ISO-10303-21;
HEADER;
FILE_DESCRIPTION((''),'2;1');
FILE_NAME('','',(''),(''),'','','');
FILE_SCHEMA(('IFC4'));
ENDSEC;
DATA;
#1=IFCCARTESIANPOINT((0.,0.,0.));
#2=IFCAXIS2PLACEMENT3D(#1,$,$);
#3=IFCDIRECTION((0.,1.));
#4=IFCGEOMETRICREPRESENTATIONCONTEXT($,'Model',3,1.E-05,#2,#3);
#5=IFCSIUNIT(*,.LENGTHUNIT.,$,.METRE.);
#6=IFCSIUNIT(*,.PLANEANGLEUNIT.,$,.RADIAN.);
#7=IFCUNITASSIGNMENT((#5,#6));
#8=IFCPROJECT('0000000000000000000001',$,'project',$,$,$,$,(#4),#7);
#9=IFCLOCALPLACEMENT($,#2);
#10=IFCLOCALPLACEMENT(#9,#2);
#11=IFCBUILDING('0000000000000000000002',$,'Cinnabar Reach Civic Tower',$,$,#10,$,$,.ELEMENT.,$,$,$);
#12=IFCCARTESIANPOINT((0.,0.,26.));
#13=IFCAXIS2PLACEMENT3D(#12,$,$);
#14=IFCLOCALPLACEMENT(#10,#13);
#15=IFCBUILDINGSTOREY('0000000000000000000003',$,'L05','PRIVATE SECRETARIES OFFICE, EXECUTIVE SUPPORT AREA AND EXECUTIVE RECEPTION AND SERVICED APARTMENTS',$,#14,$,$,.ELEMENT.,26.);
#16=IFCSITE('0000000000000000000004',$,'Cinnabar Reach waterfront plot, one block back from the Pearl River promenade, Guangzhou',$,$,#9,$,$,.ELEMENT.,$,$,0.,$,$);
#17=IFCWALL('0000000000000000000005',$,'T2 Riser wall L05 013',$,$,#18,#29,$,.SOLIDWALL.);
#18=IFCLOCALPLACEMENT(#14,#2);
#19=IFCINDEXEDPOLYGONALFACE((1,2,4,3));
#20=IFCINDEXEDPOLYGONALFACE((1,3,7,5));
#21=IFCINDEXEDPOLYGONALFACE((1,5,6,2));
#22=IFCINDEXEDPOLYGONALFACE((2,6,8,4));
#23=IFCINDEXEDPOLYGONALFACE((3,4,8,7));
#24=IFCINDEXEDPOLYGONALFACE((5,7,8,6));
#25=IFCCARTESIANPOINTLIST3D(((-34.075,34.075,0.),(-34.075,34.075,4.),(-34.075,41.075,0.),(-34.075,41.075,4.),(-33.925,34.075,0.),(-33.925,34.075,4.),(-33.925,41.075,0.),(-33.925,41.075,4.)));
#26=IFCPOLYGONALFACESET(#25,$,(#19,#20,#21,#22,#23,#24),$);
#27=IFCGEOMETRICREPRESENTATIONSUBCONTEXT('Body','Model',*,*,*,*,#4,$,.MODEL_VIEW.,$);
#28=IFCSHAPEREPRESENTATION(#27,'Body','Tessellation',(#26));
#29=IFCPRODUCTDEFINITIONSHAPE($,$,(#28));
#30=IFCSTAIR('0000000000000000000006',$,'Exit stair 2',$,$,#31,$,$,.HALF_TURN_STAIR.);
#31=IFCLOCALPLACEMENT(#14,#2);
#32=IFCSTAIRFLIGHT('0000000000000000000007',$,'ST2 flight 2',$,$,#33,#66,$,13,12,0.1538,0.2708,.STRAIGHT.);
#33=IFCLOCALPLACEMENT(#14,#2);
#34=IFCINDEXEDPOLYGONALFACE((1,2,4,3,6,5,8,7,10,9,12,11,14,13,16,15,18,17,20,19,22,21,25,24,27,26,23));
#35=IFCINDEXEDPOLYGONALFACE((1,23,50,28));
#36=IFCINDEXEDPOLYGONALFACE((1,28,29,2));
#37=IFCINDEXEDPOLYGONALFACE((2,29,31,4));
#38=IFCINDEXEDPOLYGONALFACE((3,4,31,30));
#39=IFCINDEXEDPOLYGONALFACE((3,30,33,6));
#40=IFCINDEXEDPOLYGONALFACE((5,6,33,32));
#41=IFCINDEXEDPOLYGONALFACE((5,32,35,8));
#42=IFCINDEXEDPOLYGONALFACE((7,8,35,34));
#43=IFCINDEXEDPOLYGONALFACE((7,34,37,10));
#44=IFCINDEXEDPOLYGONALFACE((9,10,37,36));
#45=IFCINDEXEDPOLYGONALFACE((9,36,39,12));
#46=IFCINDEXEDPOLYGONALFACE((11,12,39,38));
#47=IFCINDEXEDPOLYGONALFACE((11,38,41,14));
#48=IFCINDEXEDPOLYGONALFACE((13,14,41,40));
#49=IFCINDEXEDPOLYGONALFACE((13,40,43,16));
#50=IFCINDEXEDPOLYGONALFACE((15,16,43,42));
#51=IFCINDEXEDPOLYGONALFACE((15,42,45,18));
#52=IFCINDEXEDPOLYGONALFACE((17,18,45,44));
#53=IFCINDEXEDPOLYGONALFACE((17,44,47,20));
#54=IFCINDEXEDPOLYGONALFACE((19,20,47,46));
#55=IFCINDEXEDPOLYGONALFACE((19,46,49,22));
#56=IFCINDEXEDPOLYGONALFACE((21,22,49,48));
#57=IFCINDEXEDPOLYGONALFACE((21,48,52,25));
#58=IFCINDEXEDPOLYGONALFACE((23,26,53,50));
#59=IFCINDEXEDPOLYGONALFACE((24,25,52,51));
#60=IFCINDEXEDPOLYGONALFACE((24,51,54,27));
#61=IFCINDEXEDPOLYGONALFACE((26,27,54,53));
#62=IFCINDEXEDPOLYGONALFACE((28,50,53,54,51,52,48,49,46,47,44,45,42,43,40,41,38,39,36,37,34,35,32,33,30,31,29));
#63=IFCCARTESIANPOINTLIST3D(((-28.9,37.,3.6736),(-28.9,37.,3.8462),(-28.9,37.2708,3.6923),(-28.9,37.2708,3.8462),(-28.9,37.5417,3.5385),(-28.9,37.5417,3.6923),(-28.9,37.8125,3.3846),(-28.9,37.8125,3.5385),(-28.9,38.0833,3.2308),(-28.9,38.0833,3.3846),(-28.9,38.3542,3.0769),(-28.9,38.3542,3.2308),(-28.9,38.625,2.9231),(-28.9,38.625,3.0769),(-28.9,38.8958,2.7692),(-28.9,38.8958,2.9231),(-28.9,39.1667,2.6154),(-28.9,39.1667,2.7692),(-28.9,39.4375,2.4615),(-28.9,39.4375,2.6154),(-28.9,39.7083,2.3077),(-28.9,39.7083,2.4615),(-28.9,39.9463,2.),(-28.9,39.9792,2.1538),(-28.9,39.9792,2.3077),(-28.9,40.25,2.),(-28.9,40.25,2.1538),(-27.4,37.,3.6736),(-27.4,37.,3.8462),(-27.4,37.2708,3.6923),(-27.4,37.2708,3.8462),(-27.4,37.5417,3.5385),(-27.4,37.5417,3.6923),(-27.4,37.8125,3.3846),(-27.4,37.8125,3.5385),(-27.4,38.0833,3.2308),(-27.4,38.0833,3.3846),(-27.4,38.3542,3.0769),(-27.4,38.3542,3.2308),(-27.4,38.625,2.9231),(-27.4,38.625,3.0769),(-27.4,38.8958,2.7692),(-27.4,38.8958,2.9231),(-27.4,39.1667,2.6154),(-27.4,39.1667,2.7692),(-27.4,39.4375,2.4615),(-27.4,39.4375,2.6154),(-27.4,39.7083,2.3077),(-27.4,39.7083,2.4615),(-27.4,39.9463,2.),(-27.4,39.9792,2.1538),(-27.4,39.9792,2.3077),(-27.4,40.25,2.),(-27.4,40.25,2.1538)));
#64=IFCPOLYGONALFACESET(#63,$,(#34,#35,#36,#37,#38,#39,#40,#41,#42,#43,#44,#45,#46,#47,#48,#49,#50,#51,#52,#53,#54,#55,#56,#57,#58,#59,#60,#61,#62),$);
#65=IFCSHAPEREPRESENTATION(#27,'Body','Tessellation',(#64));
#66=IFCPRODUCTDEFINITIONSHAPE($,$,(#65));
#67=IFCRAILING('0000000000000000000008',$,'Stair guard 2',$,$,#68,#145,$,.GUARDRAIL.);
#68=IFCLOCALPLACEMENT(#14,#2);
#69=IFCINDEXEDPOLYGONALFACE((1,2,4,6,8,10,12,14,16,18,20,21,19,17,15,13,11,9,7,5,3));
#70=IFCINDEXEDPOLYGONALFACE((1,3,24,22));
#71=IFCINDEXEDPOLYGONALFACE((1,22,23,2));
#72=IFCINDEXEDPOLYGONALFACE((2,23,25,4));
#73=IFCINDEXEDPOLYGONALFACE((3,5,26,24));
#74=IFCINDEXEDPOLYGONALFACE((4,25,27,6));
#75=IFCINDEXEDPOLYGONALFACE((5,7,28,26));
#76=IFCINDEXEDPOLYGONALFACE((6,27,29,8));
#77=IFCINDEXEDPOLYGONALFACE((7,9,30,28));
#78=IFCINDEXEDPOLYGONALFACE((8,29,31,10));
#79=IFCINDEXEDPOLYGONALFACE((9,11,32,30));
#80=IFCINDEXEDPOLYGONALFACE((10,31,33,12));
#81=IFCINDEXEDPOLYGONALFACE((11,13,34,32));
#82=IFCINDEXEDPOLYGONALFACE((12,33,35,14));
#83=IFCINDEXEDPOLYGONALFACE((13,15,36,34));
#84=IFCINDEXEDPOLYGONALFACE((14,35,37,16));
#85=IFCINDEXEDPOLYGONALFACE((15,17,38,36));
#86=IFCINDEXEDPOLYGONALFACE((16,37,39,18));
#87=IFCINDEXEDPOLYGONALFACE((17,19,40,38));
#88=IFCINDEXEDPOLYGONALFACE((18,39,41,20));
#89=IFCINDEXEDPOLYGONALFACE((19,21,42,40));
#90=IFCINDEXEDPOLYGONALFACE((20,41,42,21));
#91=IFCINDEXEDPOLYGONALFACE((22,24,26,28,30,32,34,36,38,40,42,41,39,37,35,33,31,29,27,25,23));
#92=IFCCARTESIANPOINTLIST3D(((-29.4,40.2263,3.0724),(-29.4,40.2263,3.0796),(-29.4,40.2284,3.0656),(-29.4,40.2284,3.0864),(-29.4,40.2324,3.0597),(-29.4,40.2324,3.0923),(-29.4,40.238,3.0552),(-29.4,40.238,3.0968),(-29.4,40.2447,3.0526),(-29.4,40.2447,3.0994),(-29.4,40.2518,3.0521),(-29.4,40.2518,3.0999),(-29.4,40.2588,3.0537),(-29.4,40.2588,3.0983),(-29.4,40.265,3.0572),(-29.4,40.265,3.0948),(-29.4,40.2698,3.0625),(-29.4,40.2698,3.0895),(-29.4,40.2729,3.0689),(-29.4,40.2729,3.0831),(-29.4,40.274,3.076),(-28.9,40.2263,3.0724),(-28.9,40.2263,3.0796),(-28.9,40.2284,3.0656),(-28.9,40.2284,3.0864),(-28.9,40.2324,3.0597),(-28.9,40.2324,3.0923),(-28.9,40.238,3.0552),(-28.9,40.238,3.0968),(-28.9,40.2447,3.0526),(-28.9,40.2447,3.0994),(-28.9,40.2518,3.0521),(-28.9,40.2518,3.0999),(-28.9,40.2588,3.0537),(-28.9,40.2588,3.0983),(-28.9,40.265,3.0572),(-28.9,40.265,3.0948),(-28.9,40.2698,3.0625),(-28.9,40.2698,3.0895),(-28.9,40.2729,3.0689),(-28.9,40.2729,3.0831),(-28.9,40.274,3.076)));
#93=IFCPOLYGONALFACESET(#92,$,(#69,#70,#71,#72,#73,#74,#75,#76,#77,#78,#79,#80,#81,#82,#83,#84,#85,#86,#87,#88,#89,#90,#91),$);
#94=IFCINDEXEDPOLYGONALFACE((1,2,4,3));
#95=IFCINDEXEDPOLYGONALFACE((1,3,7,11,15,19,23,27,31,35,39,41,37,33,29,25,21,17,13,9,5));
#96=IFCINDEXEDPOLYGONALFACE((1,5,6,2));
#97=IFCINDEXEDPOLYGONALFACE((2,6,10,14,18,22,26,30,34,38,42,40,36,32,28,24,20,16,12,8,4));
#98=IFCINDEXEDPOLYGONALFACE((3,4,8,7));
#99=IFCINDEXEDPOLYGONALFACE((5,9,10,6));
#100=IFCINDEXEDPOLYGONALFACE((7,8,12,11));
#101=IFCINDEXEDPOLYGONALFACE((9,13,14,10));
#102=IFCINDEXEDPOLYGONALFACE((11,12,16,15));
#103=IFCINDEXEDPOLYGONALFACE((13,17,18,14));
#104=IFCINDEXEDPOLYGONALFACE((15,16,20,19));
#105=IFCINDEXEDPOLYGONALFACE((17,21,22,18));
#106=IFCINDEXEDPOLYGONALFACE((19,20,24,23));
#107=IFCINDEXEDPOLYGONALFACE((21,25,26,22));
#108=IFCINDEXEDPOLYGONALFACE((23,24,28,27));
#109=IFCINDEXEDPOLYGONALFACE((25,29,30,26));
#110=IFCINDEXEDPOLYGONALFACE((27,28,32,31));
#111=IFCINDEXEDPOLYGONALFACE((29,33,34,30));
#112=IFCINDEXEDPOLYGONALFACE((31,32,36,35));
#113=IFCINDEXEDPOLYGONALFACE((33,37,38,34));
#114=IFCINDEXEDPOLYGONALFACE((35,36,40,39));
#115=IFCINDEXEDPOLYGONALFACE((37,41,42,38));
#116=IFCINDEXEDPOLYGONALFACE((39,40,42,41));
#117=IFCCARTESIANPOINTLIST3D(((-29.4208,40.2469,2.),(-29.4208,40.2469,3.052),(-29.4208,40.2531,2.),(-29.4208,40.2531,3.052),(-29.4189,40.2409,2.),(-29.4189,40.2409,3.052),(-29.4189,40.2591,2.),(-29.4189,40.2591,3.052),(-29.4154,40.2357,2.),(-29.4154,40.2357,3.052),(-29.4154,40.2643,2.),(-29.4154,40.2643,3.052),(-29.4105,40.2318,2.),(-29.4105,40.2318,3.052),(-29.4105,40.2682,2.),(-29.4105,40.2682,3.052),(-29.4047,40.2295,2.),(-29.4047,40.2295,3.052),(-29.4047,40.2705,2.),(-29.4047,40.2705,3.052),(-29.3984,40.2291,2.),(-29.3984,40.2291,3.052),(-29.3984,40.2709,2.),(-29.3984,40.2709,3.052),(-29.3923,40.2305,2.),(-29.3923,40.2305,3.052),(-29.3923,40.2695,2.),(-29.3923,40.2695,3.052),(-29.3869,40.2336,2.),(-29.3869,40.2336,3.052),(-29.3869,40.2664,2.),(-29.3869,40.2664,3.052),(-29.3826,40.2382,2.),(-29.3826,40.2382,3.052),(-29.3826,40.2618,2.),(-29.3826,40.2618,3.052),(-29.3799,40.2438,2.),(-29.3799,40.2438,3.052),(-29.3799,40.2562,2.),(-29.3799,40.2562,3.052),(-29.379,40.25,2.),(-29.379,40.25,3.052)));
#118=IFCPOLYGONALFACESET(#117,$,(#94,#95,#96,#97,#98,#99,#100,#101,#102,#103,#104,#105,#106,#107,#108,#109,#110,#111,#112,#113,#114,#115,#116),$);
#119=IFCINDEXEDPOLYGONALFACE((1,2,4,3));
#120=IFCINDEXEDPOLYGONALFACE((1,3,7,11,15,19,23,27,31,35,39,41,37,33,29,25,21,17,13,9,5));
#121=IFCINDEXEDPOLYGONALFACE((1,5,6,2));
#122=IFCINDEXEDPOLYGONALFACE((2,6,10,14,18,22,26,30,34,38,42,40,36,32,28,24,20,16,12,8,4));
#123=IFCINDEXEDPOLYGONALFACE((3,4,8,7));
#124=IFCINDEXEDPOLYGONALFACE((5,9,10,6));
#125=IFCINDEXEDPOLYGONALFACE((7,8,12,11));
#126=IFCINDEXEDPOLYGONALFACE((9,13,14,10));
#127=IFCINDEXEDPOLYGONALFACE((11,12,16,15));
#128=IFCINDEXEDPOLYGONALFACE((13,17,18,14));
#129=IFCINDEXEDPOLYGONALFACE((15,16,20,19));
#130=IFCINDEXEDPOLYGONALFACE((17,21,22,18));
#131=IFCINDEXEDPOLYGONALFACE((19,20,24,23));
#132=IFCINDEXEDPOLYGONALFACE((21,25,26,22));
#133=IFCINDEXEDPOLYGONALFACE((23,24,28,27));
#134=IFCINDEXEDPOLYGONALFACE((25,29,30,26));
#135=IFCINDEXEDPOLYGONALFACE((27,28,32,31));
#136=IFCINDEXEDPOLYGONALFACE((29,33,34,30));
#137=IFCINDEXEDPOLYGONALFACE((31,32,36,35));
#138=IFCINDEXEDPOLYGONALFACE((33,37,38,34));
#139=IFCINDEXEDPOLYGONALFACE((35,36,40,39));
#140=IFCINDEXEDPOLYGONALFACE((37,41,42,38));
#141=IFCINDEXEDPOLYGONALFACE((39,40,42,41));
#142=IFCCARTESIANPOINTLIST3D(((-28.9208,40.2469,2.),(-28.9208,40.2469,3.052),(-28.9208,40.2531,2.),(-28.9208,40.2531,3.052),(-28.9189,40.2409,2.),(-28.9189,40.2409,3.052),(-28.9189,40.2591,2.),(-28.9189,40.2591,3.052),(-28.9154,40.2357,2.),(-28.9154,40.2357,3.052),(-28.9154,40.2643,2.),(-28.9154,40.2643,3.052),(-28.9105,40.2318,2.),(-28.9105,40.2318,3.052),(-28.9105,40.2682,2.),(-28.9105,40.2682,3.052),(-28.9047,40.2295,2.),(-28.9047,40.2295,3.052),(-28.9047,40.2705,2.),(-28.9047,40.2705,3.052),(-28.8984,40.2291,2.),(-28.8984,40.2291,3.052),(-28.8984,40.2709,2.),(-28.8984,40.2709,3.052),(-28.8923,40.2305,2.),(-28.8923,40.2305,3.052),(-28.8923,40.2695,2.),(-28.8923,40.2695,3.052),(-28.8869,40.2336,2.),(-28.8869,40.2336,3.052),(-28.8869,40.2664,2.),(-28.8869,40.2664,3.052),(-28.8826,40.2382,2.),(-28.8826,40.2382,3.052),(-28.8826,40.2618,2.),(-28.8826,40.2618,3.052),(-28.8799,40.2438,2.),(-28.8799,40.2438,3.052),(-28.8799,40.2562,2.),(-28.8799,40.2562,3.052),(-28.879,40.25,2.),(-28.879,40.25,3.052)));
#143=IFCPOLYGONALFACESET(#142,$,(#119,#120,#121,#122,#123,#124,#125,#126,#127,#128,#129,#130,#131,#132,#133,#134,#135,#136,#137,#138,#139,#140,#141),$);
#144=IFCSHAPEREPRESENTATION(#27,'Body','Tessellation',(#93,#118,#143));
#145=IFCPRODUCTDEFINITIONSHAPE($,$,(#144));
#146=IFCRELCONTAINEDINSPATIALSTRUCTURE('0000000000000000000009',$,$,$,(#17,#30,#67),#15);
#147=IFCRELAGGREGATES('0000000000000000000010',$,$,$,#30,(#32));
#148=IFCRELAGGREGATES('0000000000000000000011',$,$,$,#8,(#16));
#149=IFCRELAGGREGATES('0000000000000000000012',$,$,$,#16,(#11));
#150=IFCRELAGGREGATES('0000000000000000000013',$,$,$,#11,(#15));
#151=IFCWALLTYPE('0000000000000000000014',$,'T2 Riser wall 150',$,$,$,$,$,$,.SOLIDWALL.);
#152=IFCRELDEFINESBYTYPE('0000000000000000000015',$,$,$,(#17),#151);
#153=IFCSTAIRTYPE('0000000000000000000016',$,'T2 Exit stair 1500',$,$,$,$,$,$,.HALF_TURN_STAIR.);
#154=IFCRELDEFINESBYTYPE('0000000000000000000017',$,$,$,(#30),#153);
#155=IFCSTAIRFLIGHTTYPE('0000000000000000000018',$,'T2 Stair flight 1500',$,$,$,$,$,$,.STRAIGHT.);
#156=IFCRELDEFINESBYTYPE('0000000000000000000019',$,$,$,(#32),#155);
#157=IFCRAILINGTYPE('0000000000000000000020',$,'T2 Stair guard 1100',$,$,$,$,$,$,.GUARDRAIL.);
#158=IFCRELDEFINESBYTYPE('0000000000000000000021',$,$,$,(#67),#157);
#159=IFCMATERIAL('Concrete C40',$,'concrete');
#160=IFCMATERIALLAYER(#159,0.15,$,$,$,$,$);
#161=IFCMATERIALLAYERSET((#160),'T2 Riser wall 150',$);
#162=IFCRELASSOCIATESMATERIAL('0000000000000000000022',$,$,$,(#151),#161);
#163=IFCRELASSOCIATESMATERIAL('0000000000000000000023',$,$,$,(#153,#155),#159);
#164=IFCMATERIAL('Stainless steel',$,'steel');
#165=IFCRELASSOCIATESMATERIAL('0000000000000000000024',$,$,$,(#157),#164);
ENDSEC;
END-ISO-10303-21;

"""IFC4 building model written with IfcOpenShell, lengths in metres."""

from ifc_helpers import new_model, si_unit, direction, frame, frame_2d, origin, origin_2d, place, context, subcontext, project, spatial, polyline, rectangle, circle, outline, extrude, material, layer, layer_set, type_object, element, aggregate, save


model = new_model("IFC4")

# Units and contexts
model_context = context("Model", 3, precision=1e-05, world=origin(), true_north=direction((0.0, 1.0)))
body_context = subcontext(model_context, "Body", "Model", "MODEL_VIEW")
ifc_project = project(units=[si_unit("LENGTHUNIT", "METRE"), si_unit("PLANEANGLEUNIT", "RADIAN")], contexts=[model_context])

# Site, building, storey
site_placement = place(None, origin())
site = spatial("IfcSite", under=ifc_project, at=site_placement, Name="Cinnabar Reach waterfront plot, one block back from the Pearl River promenade, Guangzhou", CompositionType="ELEMENT", RefElevation=0.0)
building_placement = place(site_placement, origin())
building = spatial("IfcBuilding", under=site, at=building_placement, Name="Cinnabar Reach Civic Tower", CompositionType="ELEMENT")
storey_placement = place(building_placement, frame((0.0, 0.0, 26.0)))
storey = spatial("IfcBuildingStorey", under=building, at=storey_placement, Name="L05", Description="PRIVATE SECRETARIES OFFICE, EXECUTIVE SUPPORT AREA AND EXECUTIVE RECEPTION AND SERVICED APARTMENTS", CompositionType="ELEMENT", Elevation=26.0)

# Shared definitions
ifc_material_1 = material(Name="Concrete C40", Category="concrete")

# Wall
ifc_layer_1 = layer(ifc_material_1, 0.15)
ifc_layer_set_1 = layer_set([ifc_layer_1], Name="T2 Riser wall 150")
wall_type_1 = type_object("IfcWallType", Name="T2 Riser wall 150", PredefinedType="SOLIDWALL", material=ifc_layer_set_1)
wall_1_placement = place(storey_placement, frame((-34.0, 41.075, 0.0), z_axis=(0.0, 0.0, 1.0), x_axis=(0.0, -1.0, 0.0)))
element("IfcWall", 1, at=wall_1_placement, inside=storey, type_object=wall_type_1, Name="T2 Riser wall L05 013", PredefinedType="SOLIDWALL", context=body_context, shape_type="SweptSolid", body=[
    extrude(rectangle(XDim=7.0, YDim=0.15, at=frame_2d((3.5, 0.0))), origin(), (0.0, 0.0, 1.0), 4.0),
])

# Stair, stair flight
stair_type = type_object("IfcStairType", Name="T2 Exit stair 1500", PredefinedType="HALF_TURN_STAIR", material=ifc_material_1)
stair_placement = place(storey_placement, origin())
stair = element("IfcStair", 2, at=stair_placement, inside=storey, type_object=stair_type, Name="Exit stair 2", PredefinedType="HALF_TURN_STAIR")
stair_flight_type = type_object("IfcStairFlightType", Name="T2 Stair flight 1500", PredefinedType="STRAIGHT", material=ifc_material_1)
stair_flight_placement = place(storey_placement, frame((-28.15, 40.25, 2.0), z_axis=(0.0, 0.0, 1.0), x_axis=(0.0, -1.0, 0.0)))
stair_flight = element("IfcStairFlight", 3, at=stair_flight_placement, type_object=stair_flight_type, Name="ST2 flight 2", NumberOfRisers=13, NumberOfTreads=12, PredefinedType="STRAIGHT", RiserHeight=0.1538, TreadLength=0.2708, context=body_context, shape_type="SweptSolid", body=[
    extrude(outline(polyline([(0.0, 0.0), (0.0, 0.1538), (0.2708, 0.1538), (0.2708, 0.3077), (0.5417, 0.3077), (0.5417, 0.4615), (0.8125, 0.4615), (0.8125, 0.6154), (1.0833, 0.6154), (1.0833, 0.7692), (1.3542, 0.7692), (1.3542, 0.9231), (1.625, 0.9231), (1.625, 1.0769), (1.8958, 1.0769), (1.8958, 1.2308), (2.1667, 1.2308), (2.1667, 1.3846), (2.4375, 1.3846), (2.4375, 1.5385), (2.7083, 1.5385), (2.7083, 1.6923), (2.9792, 1.6923), (2.9792, 1.8462), (3.25, 1.8462), (3.25, 2.0), (3.25, 1.6736), (0.3037, 0.0), (0.0, 0.0)])), frame((0.0, 0.75, 0.0), z_axis=(0.0, -1.0, 0.0), x_axis=(1.0, 0.0, 0.0)), (0.0, 0.0, 1.0), 1.5),
])
aggregate(stair, [stair_flight])

# Railing
ifc_material_2 = material(Name="Stainless steel", Category="steel")
railing_type = type_object("IfcRailingType", Name="T2 Stair guard 1100", PredefinedType="GUARDRAIL", material=ifc_material_2)
railing_1_placement = place(storey_placement, frame((-29.4, 40.25, 2.0)))
element("IfcRailing", 4, at=railing_1_placement, inside=storey, type_object=railing_type, Name="Stair guard 2", PredefinedType="GUARDRAIL", context=body_context, shape_type="SweptSolid", body=[
    extrude(circle(Radius=0.024, at=origin_2d()), frame((0.0, 0.0, 1.076), z_axis=(1.0, 0.0, 0.0), x_axis=(0.0, 1.0, 0.0)), (0.0, 0.0, 1.0), 0.5),
    extrude(circle(Radius=0.021, at=origin_2d()), origin(), (0.0, 0.0, 1.0), 1.052),
    extrude(circle(Radius=0.021, at=origin_2d()), frame((0.5, 0.0, 0.0)), (0.0, 0.0, 1.0), 1.052),
])

save(model, "model.ifc")
